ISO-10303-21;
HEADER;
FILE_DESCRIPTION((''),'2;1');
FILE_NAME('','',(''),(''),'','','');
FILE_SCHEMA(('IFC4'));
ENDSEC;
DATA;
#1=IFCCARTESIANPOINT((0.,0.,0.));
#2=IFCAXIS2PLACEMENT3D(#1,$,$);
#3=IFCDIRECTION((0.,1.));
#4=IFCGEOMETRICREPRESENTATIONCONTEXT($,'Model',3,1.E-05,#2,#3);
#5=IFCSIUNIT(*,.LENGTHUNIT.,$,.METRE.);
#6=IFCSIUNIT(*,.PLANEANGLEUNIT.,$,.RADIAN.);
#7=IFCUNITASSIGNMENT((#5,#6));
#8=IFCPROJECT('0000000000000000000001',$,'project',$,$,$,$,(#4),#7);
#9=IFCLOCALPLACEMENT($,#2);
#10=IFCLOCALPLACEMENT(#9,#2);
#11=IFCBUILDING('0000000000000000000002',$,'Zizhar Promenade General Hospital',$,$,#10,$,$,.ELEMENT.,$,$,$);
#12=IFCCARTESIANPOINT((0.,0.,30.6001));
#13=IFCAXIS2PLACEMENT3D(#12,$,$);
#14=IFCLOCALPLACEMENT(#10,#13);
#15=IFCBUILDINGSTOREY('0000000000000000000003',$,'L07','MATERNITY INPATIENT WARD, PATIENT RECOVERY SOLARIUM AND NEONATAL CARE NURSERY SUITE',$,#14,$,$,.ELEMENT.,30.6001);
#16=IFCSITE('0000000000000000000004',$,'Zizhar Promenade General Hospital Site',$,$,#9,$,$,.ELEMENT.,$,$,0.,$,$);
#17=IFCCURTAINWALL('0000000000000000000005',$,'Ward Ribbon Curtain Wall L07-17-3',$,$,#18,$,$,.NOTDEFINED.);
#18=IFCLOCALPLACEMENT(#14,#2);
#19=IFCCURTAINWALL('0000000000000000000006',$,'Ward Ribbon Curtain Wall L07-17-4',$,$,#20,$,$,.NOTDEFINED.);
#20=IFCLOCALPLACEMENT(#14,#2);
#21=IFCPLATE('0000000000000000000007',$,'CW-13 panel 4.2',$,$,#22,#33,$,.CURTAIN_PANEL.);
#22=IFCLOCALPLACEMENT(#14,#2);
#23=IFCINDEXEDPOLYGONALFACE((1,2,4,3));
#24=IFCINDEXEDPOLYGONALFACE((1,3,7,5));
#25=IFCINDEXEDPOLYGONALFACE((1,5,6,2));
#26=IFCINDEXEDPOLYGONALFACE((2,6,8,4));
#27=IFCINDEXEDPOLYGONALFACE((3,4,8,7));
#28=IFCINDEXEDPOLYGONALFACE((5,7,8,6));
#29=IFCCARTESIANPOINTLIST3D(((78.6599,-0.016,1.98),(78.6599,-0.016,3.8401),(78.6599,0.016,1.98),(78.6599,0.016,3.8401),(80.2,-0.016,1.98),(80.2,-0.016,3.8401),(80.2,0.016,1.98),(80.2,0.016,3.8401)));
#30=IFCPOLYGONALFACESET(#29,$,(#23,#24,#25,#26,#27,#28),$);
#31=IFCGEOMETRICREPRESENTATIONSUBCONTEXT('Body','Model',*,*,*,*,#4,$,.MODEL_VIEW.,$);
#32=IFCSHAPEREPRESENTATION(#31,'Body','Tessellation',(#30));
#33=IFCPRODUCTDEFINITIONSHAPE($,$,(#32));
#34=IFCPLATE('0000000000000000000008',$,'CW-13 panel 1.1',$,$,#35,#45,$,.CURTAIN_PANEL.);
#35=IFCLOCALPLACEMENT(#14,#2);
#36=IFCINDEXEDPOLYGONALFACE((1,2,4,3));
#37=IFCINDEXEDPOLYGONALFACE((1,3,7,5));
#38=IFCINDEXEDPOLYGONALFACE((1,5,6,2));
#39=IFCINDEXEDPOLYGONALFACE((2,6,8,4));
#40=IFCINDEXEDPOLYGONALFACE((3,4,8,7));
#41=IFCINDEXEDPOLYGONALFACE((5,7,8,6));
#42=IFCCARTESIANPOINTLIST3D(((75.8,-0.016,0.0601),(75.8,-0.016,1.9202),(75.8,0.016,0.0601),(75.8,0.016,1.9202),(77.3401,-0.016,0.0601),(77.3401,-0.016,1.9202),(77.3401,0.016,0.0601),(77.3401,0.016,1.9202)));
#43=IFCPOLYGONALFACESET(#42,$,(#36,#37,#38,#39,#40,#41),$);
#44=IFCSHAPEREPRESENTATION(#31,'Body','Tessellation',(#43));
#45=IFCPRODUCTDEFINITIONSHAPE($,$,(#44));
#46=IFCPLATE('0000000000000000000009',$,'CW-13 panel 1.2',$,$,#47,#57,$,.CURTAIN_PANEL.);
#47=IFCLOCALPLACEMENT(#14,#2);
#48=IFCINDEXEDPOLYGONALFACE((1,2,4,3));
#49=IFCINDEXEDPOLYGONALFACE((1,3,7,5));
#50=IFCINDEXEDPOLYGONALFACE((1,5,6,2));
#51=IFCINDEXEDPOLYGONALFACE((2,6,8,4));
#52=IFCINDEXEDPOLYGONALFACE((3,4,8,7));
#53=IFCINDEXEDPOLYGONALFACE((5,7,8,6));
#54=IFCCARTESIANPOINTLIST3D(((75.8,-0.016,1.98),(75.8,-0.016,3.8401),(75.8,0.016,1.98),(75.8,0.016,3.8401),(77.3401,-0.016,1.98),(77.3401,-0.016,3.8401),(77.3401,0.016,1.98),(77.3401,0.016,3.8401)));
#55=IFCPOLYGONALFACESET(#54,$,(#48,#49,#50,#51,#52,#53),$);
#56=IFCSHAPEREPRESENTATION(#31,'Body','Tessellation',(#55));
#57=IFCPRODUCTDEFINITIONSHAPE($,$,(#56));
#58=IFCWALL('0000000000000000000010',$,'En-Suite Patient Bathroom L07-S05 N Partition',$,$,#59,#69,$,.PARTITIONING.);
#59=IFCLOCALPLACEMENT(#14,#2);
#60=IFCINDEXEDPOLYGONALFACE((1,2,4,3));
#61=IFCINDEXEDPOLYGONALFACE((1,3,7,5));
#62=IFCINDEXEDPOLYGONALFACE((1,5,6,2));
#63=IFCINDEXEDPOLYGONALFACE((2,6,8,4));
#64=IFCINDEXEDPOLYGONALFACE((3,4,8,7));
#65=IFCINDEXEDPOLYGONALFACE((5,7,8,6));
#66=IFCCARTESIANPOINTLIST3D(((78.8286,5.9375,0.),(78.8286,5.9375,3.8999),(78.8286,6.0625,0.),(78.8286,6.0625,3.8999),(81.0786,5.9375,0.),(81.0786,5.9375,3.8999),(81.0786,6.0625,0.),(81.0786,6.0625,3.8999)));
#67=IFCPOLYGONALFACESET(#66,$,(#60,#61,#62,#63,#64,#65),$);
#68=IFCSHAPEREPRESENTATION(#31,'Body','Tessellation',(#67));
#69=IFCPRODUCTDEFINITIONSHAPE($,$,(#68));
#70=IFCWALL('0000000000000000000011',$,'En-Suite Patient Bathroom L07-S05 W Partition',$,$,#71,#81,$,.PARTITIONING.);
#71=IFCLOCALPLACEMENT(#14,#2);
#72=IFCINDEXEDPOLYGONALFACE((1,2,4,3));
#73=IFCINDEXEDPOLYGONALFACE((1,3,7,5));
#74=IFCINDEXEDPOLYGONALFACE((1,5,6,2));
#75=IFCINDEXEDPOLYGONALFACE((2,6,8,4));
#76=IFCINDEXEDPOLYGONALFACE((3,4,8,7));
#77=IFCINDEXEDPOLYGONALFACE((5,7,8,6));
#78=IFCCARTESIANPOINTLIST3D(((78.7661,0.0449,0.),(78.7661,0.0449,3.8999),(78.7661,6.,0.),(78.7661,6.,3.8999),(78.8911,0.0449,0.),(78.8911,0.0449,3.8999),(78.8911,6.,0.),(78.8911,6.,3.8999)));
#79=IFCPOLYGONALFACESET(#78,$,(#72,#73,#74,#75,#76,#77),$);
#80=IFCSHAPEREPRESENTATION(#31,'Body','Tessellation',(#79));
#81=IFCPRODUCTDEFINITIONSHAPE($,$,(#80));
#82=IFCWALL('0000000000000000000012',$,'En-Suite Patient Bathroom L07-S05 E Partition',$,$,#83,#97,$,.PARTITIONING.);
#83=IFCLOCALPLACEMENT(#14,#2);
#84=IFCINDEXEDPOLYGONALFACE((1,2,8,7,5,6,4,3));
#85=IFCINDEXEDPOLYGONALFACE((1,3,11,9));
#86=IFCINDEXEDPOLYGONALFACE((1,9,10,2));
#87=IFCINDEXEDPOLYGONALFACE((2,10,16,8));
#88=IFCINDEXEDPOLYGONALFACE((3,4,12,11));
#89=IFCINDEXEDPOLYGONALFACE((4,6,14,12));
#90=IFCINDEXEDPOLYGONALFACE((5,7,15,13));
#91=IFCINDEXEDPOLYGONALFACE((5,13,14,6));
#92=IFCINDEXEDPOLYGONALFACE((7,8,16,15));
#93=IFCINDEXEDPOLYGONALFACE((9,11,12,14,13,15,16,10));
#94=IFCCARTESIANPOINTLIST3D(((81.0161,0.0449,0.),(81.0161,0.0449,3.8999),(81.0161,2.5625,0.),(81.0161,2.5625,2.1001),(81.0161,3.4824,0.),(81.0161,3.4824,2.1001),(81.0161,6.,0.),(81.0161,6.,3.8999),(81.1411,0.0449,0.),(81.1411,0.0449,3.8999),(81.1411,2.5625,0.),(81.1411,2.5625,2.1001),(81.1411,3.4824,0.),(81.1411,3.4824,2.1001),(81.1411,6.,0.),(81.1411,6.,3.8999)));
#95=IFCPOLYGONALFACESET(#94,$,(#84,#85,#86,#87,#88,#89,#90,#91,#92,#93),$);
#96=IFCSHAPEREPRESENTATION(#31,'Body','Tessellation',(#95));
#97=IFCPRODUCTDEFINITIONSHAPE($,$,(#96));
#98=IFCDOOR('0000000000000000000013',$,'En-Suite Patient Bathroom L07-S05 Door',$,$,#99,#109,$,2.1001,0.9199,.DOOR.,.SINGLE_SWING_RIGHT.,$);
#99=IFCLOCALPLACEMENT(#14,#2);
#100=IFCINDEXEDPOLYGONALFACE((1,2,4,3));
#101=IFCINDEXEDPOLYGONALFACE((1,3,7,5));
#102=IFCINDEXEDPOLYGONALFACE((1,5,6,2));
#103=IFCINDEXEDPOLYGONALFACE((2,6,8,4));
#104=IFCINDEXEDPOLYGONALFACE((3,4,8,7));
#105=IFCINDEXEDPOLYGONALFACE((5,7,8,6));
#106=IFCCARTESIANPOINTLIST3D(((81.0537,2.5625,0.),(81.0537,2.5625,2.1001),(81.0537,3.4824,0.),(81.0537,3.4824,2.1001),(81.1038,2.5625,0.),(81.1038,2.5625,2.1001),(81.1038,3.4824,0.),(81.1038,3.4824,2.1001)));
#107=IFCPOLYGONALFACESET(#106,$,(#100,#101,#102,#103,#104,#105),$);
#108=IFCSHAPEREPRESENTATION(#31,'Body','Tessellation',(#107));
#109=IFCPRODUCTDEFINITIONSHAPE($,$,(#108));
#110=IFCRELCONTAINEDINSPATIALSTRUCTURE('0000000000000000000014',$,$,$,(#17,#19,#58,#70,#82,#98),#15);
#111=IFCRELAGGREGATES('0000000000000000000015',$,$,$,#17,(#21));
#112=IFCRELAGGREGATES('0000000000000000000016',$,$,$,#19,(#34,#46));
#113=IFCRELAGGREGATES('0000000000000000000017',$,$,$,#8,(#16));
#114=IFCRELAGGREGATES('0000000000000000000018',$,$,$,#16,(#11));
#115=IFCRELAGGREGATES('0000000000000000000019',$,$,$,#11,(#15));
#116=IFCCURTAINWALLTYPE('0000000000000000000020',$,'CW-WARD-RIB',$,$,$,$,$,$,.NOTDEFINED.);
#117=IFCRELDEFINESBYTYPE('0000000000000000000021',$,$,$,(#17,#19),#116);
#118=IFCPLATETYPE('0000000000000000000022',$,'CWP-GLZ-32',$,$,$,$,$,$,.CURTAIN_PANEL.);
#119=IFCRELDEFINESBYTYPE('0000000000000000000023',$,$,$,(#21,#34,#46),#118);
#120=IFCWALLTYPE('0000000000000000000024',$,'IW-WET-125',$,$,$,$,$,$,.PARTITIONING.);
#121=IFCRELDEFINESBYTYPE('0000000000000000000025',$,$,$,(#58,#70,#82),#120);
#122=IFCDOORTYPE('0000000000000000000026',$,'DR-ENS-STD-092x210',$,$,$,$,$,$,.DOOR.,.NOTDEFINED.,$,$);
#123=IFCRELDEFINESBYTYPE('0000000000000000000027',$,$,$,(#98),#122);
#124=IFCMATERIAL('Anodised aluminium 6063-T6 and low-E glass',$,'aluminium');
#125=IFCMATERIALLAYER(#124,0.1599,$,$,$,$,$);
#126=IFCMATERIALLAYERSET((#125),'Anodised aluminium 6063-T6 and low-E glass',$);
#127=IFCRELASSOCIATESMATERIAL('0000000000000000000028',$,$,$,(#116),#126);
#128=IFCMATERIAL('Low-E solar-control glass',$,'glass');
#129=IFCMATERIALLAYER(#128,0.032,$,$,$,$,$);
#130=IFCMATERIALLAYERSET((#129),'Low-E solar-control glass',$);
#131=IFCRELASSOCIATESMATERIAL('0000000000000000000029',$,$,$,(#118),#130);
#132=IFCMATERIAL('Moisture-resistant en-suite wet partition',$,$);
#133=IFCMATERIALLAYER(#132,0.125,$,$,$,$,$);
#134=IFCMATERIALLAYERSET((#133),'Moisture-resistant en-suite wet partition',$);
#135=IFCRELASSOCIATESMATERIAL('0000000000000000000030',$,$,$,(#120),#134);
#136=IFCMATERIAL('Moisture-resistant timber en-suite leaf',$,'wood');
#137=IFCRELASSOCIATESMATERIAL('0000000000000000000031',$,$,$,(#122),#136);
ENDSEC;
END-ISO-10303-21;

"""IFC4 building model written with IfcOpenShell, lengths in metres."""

from ifc_helpers import new_model, si_unit, direction, frame, frame_2d, origin, origin_2d, place, context, subcontext, project, spatial, rectangle, extrude, material, layer, layer_set, type_object, element, fill, aggregate, save


model = new_model("IFC4")

# Units and contexts
model_context = context("Model", 3, precision=1e-05, world=origin(), true_north=direction((0.0, 1.0)))
body_context = subcontext(model_context, "Body", "Model", "MODEL_VIEW")
ifc_project = project(units=[si_unit("LENGTHUNIT", "METRE"), si_unit("PLANEANGLEUNIT", "RADIAN")], contexts=[model_context])

# Site, building, storey
site_placement = place(None, origin())
site = spatial("IfcSite", under=ifc_project, at=site_placement, Name="Zizhar Promenade General Hospital Site", CompositionType="ELEMENT", RefElevation=0.0)
building_placement = place(site_placement, origin())
building = spatial("IfcBuilding", under=site, at=building_placement, Name="Zizhar Promenade General Hospital", CompositionType="ELEMENT")
storey_placement = place(building_placement, frame((0.0, 0.0, 30.6001)))
storey = spatial("IfcBuildingStorey", under=building, at=storey_placement, Name="L07", Description="MATERNITY INPATIENT WARD, PATIENT RECOVERY SOLARIUM AND NEONATAL CARE NURSERY SUITE", CompositionType="ELEMENT", Elevation=30.6001)

# Curtain walls
ifc_material_1 = material(Name="Anodised aluminium 6063-T6 and low-E glass", Category="aluminium")
ifc_layer_1 = layer(ifc_material_1, 0.1599)
ifc_layer_set_1 = layer_set([ifc_layer_1], Name="Anodised aluminium 6063-T6 and low-E glass")
curtain_wall_type = type_object("IfcCurtainWallType", Name="CW-WARD-RIB", PredefinedType="NOTDEFINED", material=ifc_layer_set_1)
curtain_wall_1_placement = place(storey_placement, origin())
curtain_wall_1 = element("IfcCurtainWall", 1, at=curtain_wall_1_placement, inside=storey, type_object=curtain_wall_type, Name="Ward Ribbon Curtain Wall L07-17-3", PredefinedType="NOTDEFINED")
curtain_wall_2_placement = place(storey_placement, origin())
curtain_wall_2 = element("IfcCurtainWall", 2, at=curtain_wall_2_placement, inside=storey, type_object=curtain_wall_type, Name="Ward Ribbon Curtain Wall L07-17-4", PredefinedType="NOTDEFINED")

# Plates
ifc_material_2 = material(Name="Low-E solar-control glass", Category="glass")
ifc_layer_2 = layer(ifc_material_2, 0.032)
ifc_layer_set_2 = layer_set([ifc_layer_2], Name="Low-E solar-control glass")
plate_type = type_object("IfcPlateType", Name="CWP-GLZ-32", PredefinedType="CURTAIN_PANEL", material=ifc_layer_set_2)
plate_1_placement = place(storey_placement, frame((79.4299, 0.0, 1.98), z_axis=(0.0, 0.0, 1.0), x_axis=(-1.0, 0.0, 0.0)))
plate_1 = element("IfcPlate", 3, at=plate_1_placement, type_object=plate_type, Name="CW-13 panel 4.2", PredefinedType="CURTAIN_PANEL", context=body_context, shape_type="SweptSolid", body=[
    extrude(rectangle(XDim=1.54, YDim=0.032, at=origin_2d()), origin(), (0.0, 0.0, 1.0), 1.8601),
])
aggregate(curtain_wall_1, [plate_1])
plate_2_placement = place(storey_placement, frame((76.5701, 0.0, 0.0601), z_axis=(0.0, 0.0, 1.0), x_axis=(-1.0, 0.0, 0.0)))
plate_2 = element("IfcPlate", 4, at=plate_2_placement, type_object=plate_type, Name="CW-13 panel 1.1", PredefinedType="CURTAIN_PANEL", context=body_context, shape_type="SweptSolid", body=[
    extrude(rectangle(XDim=1.54, YDim=0.032, at=origin_2d()), origin(), (0.0, 0.0, 1.0), 1.8601),
])
plate_3_placement = place(storey_placement, frame((76.5701, 0.0, 1.98), z_axis=(0.0, 0.0, 1.0), x_axis=(-1.0, 0.0, 0.0)))
plate_3 = element("IfcPlate", 5, at=plate_3_placement, type_object=plate_type, Name="CW-13 panel 1.2", PredefinedType="CURTAIN_PANEL", context=body_context, shape_type="SweptSolid", body=[
    extrude(rectangle(XDim=1.54, YDim=0.032, at=origin_2d()), origin(), (0.0, 0.0, 1.0), 1.8601),
])
aggregate(curtain_wall_2, [plate_2, plate_3])

# Walls
ifc_material_3 = material(Name="Moisture-resistant en-suite wet partition")
ifc_layer_3 = layer(ifc_material_3, 0.125)
ifc_layer_set_3 = layer_set([ifc_layer_3], Name="Moisture-resistant en-suite wet partition")
wall_type = type_object("IfcWallType", Name="IW-WET-125", PredefinedType="PARTITIONING", material=ifc_layer_set_3)
wall_1_placement = place(storey_placement, frame((78.8286, 6.0, 0.0), z_axis=(0.0, 0.0, 1.0), x_axis=(1.0, 0.0, 0.0)))
element("IfcWall", 6, at=wall_1_placement, inside=storey, type_object=wall_type, Name="En-Suite Patient Bathroom L07-S05 N Partition", PredefinedType="PARTITIONING", context=body_context, shape_type="SweptSolid", body=[
    extrude(rectangle(XDim=2.25, YDim=0.125, at=frame_2d((1.125, 0.0))), origin(), (0.0, 0.0, 1.0), 3.8999),
])
wall_2_placement = place(storey_placement, frame((78.8286, 0.0449, 0.0), z_axis=(0.0, 0.0, 1.0), x_axis=(0.0, 1.0, 0.0)))
element("IfcWall", 7, at=wall_2_placement, inside=storey, type_object=wall_type, Name="En-Suite Patient Bathroom L07-S05 W Partition", PredefinedType="PARTITIONING", context=body_context, shape_type="SweptSolid", body=[
    extrude(rectangle(XDim=5.9551, YDim=0.125, at=frame_2d((2.9775, 0.0))), origin(), (0.0, 0.0, 1.0), 3.8999),
])

# Wall, opening, door
wall_3_placement = place(storey_placement, frame((81.0786, 0.0449, 0.0), z_axis=(0.0, 0.0, 1.0), x_axis=(0.0, 1.0, 0.0)))
wall_3 = element("IfcWall", 8, at=wall_3_placement, inside=storey, type_object=wall_type, Name="En-Suite Patient Bathroom L07-S05 E Partition", PredefinedType="PARTITIONING", context=body_context, shape_type="SweptSolid", body=[
    extrude(rectangle(XDim=5.9551, YDim=0.125, at=frame_2d((2.9775, 0.0))), origin(), (0.0, 0.0, 1.0), 3.8999),
])
opening_placement = place(wall_3_placement, frame((2.5176, 0.0, 0.0)))
opening = element("IfcOpeningElement", 9, at=opening_placement, cuts=wall_3, PredefinedType="OPENING", context=body_context, shape_type="SweptSolid", body=[
    extrude(rectangle(XDim=0.9199, YDim=2.1001, at=frame_2d((0.46, 1.05))), frame((0.0, 0.0725, 0.0), z_axis=(0.0, -1.0, 0.0), x_axis=(1.0, 0.0, 0.0)), (0.0, 0.0, 1.0), 0.145),
])
ifc_material_4 = material(Name="Moisture-resistant timber en-suite leaf", Category="wood")
door_type = type_object("IfcDoorType", Name="DR-ENS-STD-092x210", OperationType="NOTDEFINED", PredefinedType="DOOR", material=ifc_material_4)
door_placement = place(opening_placement, origin())
door = element("IfcDoor", 10, at=door_placement, inside=storey, type_object=door_type, Name="En-Suite Patient Bathroom L07-S05 Door", OperationType="SINGLE_SWING_RIGHT", OverallHeight=2.1001, OverallWidth=0.9199, PredefinedType="DOOR", context=body_context, shape_type="SweptSolid", body=[
    extrude(rectangle(XDim=0.9199, YDim=2.1001, at=frame_2d((0.46, 1.05))), frame((0.0, 0.0249, 0.0), z_axis=(0.0, -1.0, 0.0), x_axis=(1.0, 0.0, 0.0)), (0.0, 0.0, 1.0), 0.05),
])
fill(opening, door)

save(model, "model.ifc")
